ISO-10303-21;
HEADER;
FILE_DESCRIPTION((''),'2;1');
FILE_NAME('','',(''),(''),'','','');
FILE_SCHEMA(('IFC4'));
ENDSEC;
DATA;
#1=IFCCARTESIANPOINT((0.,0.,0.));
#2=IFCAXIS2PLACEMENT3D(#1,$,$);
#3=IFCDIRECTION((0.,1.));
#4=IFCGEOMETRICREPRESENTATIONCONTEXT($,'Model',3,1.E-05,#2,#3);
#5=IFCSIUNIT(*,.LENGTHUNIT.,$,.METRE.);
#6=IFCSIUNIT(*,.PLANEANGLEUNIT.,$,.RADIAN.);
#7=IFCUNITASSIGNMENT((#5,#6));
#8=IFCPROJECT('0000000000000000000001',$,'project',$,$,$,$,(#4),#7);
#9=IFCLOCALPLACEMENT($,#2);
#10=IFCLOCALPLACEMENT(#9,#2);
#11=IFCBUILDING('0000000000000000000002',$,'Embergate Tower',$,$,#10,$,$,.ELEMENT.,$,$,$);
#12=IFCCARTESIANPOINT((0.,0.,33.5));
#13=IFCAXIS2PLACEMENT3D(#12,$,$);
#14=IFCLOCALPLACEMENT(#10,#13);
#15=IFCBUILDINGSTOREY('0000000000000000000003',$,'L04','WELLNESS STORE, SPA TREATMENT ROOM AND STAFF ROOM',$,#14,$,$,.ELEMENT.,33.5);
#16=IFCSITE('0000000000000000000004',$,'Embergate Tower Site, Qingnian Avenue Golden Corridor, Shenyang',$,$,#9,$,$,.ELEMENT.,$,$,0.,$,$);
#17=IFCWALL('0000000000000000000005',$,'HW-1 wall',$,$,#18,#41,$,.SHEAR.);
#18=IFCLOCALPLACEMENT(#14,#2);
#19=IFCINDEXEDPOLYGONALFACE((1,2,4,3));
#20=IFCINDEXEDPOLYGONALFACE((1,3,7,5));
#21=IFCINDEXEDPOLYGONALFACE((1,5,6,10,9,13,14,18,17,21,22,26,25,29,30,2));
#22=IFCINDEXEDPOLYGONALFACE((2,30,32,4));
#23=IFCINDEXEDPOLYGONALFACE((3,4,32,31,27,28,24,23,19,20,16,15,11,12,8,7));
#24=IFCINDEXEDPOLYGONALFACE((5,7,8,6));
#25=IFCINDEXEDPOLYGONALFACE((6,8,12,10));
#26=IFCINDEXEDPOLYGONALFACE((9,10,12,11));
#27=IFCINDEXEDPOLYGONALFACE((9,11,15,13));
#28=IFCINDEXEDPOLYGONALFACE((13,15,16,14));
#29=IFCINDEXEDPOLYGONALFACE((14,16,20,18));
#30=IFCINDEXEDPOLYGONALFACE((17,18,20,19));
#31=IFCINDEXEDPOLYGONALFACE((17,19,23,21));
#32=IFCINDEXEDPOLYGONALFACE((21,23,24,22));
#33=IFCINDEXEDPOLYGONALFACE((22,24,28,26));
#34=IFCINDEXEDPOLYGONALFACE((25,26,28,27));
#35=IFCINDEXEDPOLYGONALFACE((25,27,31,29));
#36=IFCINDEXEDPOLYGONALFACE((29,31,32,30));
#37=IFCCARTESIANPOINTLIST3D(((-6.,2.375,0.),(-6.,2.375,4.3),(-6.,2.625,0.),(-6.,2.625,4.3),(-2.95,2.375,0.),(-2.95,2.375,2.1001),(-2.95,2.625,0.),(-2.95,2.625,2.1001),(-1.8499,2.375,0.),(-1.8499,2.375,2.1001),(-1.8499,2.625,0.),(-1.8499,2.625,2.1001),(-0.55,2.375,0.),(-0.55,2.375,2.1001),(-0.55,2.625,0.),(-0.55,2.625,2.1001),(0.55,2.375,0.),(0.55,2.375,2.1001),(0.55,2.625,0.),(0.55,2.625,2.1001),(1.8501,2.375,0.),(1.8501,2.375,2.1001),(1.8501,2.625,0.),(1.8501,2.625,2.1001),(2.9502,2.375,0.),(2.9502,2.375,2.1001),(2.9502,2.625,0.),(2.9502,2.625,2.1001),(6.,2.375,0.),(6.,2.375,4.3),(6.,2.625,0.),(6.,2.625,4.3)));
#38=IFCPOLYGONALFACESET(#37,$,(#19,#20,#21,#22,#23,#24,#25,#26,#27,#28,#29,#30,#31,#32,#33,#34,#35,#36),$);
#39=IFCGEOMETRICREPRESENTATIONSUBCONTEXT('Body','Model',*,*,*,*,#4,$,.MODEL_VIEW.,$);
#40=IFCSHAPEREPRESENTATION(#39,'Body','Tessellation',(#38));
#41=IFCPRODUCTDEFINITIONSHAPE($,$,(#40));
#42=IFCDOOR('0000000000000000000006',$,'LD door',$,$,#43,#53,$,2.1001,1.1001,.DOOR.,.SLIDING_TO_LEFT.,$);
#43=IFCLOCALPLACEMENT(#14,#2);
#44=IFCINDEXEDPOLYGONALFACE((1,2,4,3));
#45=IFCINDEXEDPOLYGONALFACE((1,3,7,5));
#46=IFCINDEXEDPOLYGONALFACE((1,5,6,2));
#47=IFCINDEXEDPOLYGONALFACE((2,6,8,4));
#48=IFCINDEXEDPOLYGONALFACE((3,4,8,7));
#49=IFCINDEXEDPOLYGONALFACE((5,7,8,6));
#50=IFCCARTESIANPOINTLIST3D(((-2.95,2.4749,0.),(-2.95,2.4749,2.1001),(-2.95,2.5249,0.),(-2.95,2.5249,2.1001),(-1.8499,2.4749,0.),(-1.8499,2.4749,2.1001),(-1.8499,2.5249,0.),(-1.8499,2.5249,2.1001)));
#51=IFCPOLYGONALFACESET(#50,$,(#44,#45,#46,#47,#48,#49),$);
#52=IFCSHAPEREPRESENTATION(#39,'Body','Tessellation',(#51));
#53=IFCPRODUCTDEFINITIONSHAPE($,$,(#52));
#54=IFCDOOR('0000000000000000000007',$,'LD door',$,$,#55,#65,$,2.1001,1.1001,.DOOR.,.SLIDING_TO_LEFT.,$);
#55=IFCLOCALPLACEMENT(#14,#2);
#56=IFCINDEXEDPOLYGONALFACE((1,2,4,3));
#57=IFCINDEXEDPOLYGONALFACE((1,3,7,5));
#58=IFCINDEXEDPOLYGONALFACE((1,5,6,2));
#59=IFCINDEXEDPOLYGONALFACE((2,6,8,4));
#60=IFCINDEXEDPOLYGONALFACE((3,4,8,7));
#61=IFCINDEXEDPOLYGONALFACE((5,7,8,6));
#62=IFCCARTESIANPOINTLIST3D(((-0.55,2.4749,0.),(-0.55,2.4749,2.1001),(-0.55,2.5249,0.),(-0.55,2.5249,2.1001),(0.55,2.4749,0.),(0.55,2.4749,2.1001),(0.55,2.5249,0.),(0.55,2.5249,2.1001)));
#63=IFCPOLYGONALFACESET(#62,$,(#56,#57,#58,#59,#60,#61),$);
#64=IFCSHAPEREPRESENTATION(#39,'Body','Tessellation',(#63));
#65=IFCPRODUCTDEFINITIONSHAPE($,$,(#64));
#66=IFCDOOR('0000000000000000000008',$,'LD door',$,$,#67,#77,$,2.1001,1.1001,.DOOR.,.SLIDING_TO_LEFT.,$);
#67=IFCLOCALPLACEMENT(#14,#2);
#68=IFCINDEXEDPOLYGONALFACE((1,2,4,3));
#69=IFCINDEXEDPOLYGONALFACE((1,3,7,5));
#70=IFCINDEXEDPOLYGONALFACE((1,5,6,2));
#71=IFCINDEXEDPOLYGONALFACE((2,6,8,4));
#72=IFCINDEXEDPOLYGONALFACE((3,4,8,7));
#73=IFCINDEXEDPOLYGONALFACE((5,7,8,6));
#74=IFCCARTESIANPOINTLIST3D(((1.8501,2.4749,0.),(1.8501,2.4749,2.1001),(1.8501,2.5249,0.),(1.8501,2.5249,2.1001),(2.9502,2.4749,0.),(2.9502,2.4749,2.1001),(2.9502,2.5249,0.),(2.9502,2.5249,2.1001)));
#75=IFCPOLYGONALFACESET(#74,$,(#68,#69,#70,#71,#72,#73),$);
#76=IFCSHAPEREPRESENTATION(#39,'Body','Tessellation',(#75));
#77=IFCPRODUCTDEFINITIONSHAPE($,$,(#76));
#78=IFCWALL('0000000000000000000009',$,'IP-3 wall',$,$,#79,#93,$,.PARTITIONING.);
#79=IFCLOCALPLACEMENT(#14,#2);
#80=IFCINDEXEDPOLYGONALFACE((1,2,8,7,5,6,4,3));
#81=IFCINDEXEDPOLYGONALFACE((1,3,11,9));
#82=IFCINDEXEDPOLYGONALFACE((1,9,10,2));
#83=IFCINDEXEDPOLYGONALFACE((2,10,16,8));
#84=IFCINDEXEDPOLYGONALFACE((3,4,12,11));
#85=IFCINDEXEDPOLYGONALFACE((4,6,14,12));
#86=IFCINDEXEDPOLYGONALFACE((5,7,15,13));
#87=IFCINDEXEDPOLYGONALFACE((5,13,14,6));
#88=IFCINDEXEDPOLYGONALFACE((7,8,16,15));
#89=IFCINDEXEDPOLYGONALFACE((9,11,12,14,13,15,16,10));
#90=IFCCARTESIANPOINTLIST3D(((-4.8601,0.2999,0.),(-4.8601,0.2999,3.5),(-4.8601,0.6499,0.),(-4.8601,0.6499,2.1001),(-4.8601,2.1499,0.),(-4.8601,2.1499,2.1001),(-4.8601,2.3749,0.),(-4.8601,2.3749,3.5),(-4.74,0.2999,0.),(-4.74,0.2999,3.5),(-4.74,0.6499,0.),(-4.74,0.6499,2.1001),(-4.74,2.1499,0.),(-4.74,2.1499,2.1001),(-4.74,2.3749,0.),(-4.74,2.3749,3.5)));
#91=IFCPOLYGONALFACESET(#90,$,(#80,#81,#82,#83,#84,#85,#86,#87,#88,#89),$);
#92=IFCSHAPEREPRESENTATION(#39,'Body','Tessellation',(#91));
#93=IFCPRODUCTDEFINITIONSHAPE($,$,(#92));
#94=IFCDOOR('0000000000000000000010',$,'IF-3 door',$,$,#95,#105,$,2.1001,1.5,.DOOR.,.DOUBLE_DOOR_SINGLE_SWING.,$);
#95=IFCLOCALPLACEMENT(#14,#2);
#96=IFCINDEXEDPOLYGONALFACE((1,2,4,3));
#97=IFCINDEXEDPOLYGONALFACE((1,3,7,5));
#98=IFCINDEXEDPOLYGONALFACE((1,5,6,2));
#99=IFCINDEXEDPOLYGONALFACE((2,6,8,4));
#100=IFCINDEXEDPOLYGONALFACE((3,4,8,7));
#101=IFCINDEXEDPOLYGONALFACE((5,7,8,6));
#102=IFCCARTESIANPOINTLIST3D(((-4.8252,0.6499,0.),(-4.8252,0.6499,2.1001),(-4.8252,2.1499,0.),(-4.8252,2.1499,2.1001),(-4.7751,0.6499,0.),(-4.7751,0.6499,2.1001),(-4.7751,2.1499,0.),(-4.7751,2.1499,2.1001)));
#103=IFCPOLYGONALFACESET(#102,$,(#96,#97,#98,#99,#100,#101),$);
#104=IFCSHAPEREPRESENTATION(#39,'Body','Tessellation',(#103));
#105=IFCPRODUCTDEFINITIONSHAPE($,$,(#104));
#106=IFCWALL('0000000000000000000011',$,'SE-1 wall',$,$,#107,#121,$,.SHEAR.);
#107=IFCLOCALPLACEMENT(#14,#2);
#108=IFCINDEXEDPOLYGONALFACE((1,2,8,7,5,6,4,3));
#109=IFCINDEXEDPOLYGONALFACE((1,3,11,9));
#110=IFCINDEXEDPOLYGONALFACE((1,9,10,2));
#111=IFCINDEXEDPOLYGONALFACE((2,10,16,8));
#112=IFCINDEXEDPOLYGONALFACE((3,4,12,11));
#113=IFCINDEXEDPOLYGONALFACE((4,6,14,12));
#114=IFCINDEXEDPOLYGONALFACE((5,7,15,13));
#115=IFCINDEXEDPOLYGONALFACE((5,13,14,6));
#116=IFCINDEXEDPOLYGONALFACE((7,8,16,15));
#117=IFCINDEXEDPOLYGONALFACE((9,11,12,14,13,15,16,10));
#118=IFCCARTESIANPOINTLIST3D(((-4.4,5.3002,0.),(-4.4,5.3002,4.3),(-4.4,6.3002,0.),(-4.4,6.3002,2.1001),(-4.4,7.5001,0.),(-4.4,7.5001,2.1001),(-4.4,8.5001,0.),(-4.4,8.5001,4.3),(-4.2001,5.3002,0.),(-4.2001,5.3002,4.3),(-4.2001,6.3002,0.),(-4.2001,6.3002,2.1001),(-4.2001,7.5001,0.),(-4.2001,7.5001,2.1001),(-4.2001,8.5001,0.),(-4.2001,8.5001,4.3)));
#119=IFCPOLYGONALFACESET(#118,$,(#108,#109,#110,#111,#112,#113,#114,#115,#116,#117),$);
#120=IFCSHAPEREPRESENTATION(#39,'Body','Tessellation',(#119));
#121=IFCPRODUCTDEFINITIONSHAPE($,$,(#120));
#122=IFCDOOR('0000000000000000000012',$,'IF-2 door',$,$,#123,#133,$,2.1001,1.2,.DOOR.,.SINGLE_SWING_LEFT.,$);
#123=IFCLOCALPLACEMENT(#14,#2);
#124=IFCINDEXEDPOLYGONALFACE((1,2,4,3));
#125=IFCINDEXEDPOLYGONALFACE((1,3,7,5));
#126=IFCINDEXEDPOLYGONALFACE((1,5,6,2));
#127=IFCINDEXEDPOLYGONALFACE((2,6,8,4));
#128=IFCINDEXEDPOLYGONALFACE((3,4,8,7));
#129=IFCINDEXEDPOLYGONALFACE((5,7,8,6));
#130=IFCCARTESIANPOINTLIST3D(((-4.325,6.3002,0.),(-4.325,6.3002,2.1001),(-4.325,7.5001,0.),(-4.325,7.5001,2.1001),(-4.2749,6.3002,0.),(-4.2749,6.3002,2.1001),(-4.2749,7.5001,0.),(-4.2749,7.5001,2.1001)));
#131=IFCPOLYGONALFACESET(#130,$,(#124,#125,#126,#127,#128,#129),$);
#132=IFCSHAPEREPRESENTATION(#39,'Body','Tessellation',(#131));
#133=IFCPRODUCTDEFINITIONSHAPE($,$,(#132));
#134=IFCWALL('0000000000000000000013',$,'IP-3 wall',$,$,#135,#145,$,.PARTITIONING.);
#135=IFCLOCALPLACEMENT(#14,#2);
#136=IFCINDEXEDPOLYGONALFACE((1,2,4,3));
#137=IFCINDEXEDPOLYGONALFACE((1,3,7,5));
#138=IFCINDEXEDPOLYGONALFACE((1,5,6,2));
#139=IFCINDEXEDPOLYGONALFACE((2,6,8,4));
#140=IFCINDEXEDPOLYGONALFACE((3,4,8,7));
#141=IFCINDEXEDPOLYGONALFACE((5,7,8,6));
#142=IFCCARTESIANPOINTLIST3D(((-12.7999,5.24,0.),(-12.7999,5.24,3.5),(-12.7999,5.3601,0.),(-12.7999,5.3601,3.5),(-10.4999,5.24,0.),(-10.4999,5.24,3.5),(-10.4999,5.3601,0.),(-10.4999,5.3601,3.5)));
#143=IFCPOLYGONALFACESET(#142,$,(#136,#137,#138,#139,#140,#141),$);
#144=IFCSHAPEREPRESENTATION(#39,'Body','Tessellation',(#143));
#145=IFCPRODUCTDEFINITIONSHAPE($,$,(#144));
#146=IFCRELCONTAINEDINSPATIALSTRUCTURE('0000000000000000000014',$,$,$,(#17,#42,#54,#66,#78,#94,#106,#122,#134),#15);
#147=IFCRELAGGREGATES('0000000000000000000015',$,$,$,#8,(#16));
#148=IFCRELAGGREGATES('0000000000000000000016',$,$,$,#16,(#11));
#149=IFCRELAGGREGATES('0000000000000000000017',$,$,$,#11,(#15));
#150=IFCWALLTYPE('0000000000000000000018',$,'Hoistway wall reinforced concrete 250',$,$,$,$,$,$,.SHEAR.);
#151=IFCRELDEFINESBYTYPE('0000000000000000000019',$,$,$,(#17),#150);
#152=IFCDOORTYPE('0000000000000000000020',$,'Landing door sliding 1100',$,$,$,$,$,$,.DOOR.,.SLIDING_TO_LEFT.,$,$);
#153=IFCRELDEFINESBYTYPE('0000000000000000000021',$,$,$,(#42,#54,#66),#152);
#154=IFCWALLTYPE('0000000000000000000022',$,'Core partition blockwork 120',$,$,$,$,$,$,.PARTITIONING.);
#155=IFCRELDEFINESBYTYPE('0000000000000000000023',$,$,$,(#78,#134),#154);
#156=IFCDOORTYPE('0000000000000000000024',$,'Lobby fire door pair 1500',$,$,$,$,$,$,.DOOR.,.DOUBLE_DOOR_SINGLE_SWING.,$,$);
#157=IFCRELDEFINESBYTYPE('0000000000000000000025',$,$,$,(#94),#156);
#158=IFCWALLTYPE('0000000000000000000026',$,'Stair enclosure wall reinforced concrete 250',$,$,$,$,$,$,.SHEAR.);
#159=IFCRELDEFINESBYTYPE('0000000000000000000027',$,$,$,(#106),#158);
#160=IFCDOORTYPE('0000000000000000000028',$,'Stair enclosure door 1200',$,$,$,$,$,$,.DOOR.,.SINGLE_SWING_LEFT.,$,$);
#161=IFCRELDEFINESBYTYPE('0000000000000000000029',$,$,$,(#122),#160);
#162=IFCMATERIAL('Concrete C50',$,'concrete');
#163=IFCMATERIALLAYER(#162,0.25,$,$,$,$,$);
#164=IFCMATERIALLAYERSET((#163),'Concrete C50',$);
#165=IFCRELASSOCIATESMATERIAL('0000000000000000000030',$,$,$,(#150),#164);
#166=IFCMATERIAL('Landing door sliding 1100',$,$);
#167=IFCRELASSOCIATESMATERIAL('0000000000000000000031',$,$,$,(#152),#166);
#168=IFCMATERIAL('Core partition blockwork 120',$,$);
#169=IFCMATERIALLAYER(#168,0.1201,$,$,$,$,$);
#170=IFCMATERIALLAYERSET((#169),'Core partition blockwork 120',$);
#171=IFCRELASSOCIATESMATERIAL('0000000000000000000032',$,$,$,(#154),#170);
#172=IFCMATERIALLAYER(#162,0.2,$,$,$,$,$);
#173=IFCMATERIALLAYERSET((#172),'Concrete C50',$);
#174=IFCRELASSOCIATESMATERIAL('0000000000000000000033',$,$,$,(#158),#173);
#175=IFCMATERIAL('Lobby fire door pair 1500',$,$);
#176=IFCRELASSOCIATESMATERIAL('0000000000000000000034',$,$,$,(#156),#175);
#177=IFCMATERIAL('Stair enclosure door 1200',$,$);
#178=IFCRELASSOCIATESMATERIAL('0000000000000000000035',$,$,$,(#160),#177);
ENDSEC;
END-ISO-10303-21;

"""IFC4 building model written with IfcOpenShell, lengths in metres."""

from ifc_helpers import new_model, si_unit, direction, frame, frame_2d, origin, place, context, subcontext, project, spatial, rectangle, extrude, source, transform, mapped, material, layer, layer_set, type_object, element, fill, save


model = new_model("IFC4")

# Units and contexts
model_context = context("Model", 3, precision=1e-05, world=origin(), true_north=direction((0.0, 1.0)))
body_context = subcontext(model_context, "Body", "Model", "MODEL_VIEW")
ifc_project = project(units=[si_unit("LENGTHUNIT", "METRE"), si_unit("PLANEANGLEUNIT", "RADIAN")], contexts=[model_context])

# Site, building, storey
site_placement = place(None, origin())
site = spatial("IfcSite", under=ifc_project, at=site_placement, Name="Embergate Tower Site, Qingnian Avenue Golden Corridor, Shenyang", CompositionType="ELEMENT", RefElevation=0.0)
building_placement = place(site_placement, origin())
building = spatial("IfcBuilding", under=site, at=building_placement, Name="Embergate Tower", CompositionType="ELEMENT")
storey_placement = place(building_placement, frame((0.0, 0.0, 33.5)))
storey = spatial("IfcBuildingStorey", under=building, at=storey_placement, Name="L04", Description="WELLNESS STORE, SPA TREATMENT ROOM AND STAFF ROOM", CompositionType="ELEMENT", Elevation=33.5)

# Shared definitions
ifc_material_1 = material(Name="Concrete C50", Category="concrete")
ifc_layer_1 = layer(ifc_material_1, 0.25)
ifc_layer_set_1 = layer_set([ifc_layer_1], Name="Concrete C50")
wall_type_1 = type_object("IfcWallType", Name="Hoistway wall reinforced concrete 250", PredefinedType="SHEAR", material=ifc_layer_set_1)

# Shared definitions
shared_shape_1 = source(origin(), body_context, "Body", "SweptSolid", [
    extrude(rectangle(XDim=1.1001, YDim=2.1001, at=frame_2d((0.55, 1.05))), frame((0.0, 0.135, 0.0), z_axis=(0.0, -1.0, 0.0), x_axis=(1.0, 0.0, 0.0)), (0.0, 0.0, 1.0), 0.27),
])
ifc_material_2 = material(Name="Landing door sliding 1100")
door_type_1 = type_object("IfcDoorType", Name="Landing door sliding 1100", OperationType="SLIDING_TO_LEFT", PredefinedType="DOOR", material=ifc_material_2)
shared_shape_2 = source(origin(), body_context, "Body", "SweptSolid", [
    extrude(rectangle(XDim=1.1001, YDim=2.1001, at=frame_2d((0.55, 1.05))), frame((0.0, 0.0249, 0.0), z_axis=(0.0, -1.0, 0.0), x_axis=(1.0, 0.0, 0.0)), (0.0, 0.0, 1.0), 0.05),
])

# Shared definitions
ifc_material_3 = material(Name="Core partition blockwork 120")
ifc_layer_2 = layer(ifc_material_3, 0.1201)
ifc_layer_set_2 = layer_set([ifc_layer_2], Name="Core partition blockwork 120")
wall_type_2 = type_object("IfcWallType", Name="Core partition blockwork 120", PredefinedType="PARTITIONING", material=ifc_layer_set_2)

# Shared definitions
ifc_layer_3 = layer(ifc_material_1, 0.2)
ifc_layer_set_3 = layer_set([ifc_layer_3], Name="Concrete C50")
wall_type_3 = type_object("IfcWallType", Name="Stair enclosure wall reinforced concrete 250", PredefinedType="SHEAR", material=ifc_layer_set_3)

# Wall, openings, doors
shared_shape_3 = source(origin(), body_context, "Body", "SweptSolid", [
    extrude(rectangle(XDim=12.0, YDim=0.25, at=frame_2d((6.0, 0.0))), origin(), (0.0, 0.0, 1.0), 4.3),
])
wall_1_placement = place(storey_placement, frame((-6.0, 2.5, 0.0), z_axis=(0.0, 0.0, 1.0), x_axis=(1.0, 0.0, 0.0)))
wall_1 = element("IfcWall", 1, at=wall_1_placement, inside=storey, type_object=wall_type_1, Name="HW-1 wall", PredefinedType="SHEAR", context=body_context, shape_type="MappedRepresentation", body=[
    mapped(shared_shape_3, transform((0.0, 0.0, 0.0))),
])
opening_1_placement = place(wall_1_placement, frame((3.05, 0.0, 0.0)))
opening_1 = element("IfcOpeningElement", 2, at=opening_1_placement, cuts=wall_1, PredefinedType="OPENING", context=body_context, shape_type="MappedRepresentation", body=[
    mapped(shared_shape_1, transform((0.0, 0.0, 0.0))),
])
opening_2_placement = place(wall_1_placement, frame((5.45, 0.0, 0.0)))
opening_2 = element("IfcOpeningElement", 3, at=opening_2_placement, cuts=wall_1, PredefinedType="OPENING", context=body_context, shape_type="MappedRepresentation", body=[
    mapped(shared_shape_1, transform((0.0, 0.0, 0.0))),
])
opening_3_placement = place(wall_1_placement, frame((7.8501, 0.0, 0.0)))
opening_3 = element("IfcOpeningElement", 4, at=opening_3_placement, cuts=wall_1, PredefinedType="OPENING", context=body_context, shape_type="MappedRepresentation", body=[
    mapped(shared_shape_1, transform((0.0, 0.0, 0.0))),
])
door_1_placement = place(opening_1_placement, origin())
door_1 = element("IfcDoor", 5, at=door_1_placement, inside=storey, type_object=door_type_1, Name="LD door", OperationType="SLIDING_TO_LEFT", OverallHeight=2.1001, OverallWidth=1.1001, PredefinedType="DOOR", context=body_context, shape_type="MappedRepresentation", body=[
    mapped(shared_shape_2, transform((0.0, 0.0, 0.0))),
])
fill(opening_1, door_1)
door_2_placement = place(opening_2_placement, origin())
door_2 = element("IfcDoor", 6, at=door_2_placement, inside=storey, type_object=door_type_1, Name="LD door", OperationType="SLIDING_TO_LEFT", OverallHeight=2.1001, OverallWidth=1.1001, PredefinedType="DOOR", context=body_context, shape_type="MappedRepresentation", body=[
    mapped(shared_shape_2, transform((0.0, 0.0, 0.0))),
])
fill(opening_2, door_2)
door_3_placement = place(opening_3_placement, origin())
door_3 = element("IfcDoor", 7, at=door_3_placement, inside=storey, type_object=door_type_1, Name="LD door", OperationType="SLIDING_TO_LEFT", OverallHeight=2.1001, OverallWidth=1.1001, PredefinedType="DOOR", context=body_context, shape_type="MappedRepresentation", body=[
    mapped(shared_shape_2, transform((0.0, 0.0, 0.0))),
])
fill(opening_3, door_3)

# Walls, openings, doors
shared_shape_4 = source(origin(), body_context, "Body", "SweptSolid", [
    extrude(rectangle(XDim=2.075, YDim=0.1201, at=frame_2d((1.0376, 0.0))), origin(), (0.0, 0.0, 1.0), 3.5),
])
wall_2_placement = place(storey_placement, frame((-4.8, 2.375, 0.0), z_axis=(0.0, 0.0, 1.0), x_axis=(0.0, -1.0, 0.0)))
wall_2 = element("IfcWall", 8, at=wall_2_placement, inside=storey, type_object=wall_type_2, Name="IP-3 wall", PredefinedType="PARTITIONING", context=body_context, shape_type="MappedRepresentation", body=[
    mapped(shared_shape_4, transform((0.0, 0.0, 0.0))),
])
shared_shape_5 = source(origin(), body_context, "Body", "SweptSolid", [
    extrude(rectangle(XDim=1.5, YDim=2.1001, at=frame_2d((0.75, 1.05))), frame((0.0, 0.0701, 0.0), z_axis=(0.0, -1.0, 0.0), x_axis=(1.0, 0.0, 0.0)), (0.0, 0.0, 1.0), 0.1401),
])
opening_4_placement = place(wall_2_placement, frame((0.2251, 0.0, 0.0)))
opening_4 = element("IfcOpeningElement", 9, at=opening_4_placement, cuts=wall_2, PredefinedType="OPENING", context=body_context, shape_type="MappedRepresentation", body=[
    mapped(shared_shape_5, transform((0.0, 0.0, 0.0))),
])
ifc_material_4 = material(Name="Lobby fire door pair 1500")
door_type_2 = type_object("IfcDoorType", Name="Lobby fire door pair 1500", OperationType="DOUBLE_DOOR_SINGLE_SWING", PredefinedType="DOOR", material=ifc_material_4)
shared_shape_6 = source(origin(), body_context, "Body", "SweptSolid", [
    extrude(rectangle(XDim=1.5, YDim=2.1001, at=frame_2d((0.75, 1.05))), frame((0.0, 0.0249, 0.0), z_axis=(0.0, -1.0, 0.0), x_axis=(1.0, 0.0, 0.0)), (0.0, 0.0, 1.0), 0.05),
])
door_4_placement = place(opening_4_placement, origin())
door_4 = element("IfcDoor", 10, at=door_4_placement, inside=storey, type_object=door_type_2, Name="IF-3 door", OperationType="DOUBLE_DOOR_SINGLE_SWING", OverallHeight=2.1001, OverallWidth=1.5, PredefinedType="DOOR", context=body_context, shape_type="MappedRepresentation", body=[
    mapped(shared_shape_6, transform((0.0, 0.0, 0.0))),
])
fill(opening_4, door_4)
shared_shape_7 = source(origin(), body_context, "Body", "SweptSolid", [
    extrude(rectangle(XDim=3.2, YDim=0.2, at=frame_2d((1.6001, 0.0))), origin(), (0.0, 0.0, 1.0), 4.3),
])
wall_3_placement = place(storey_placement, frame((-4.3, 5.3, 0.0), z_axis=(0.0, 0.0, 1.0), x_axis=(0.0, 1.0, 0.0)))
wall_3 = element("IfcWall", 11, at=wall_3_placement, inside=storey, type_object=wall_type_3, Name="SE-1 wall", PredefinedType="SHEAR", context=body_context, shape_type="MappedRepresentation", body=[
    mapped(shared_shape_7, transform((0.0, 0.0, 0.0))),
])
shared_shape_8 = source(origin(), body_context, "Body", "SweptSolid", [
    extrude(rectangle(XDim=1.2, YDim=2.1001, at=frame_2d((0.6001, 1.05))), frame((0.0, 0.1099, 0.0), z_axis=(0.0, -1.0, 0.0), x_axis=(1.0, 0.0, 0.0)), (0.0, 0.0, 1.0), 0.22),
])
opening_5_placement = place(wall_3_placement, frame((1.0, 0.0, 0.0)))
opening_5 = element("IfcOpeningElement", 12, at=opening_5_placement, cuts=wall_3, PredefinedType="OPENING", context=body_context, shape_type="MappedRepresentation", body=[
    mapped(shared_shape_8, transform((0.0, 0.0, 0.0))),
])
ifc_material_5 = material(Name="Stair enclosure door 1200")
door_type_3 = type_object("IfcDoorType", Name="Stair enclosure door 1200", OperationType="SINGLE_SWING_LEFT", PredefinedType="DOOR", material=ifc_material_5)
shared_shape_9 = source(origin(), body_context, "Body", "SweptSolid", [
    extrude(rectangle(XDim=1.2, YDim=2.1001, at=frame_2d((0.6001, 1.05))), frame((0.0, 0.0249, 0.0), z_axis=(0.0, -1.0, 0.0), x_axis=(1.0, 0.0, 0.0)), (0.0, 0.0, 1.0), 0.05),
])
door_5_placement = place(opening_5_placement, origin())
door_5 = element("IfcDoor", 13, at=door_5_placement, inside=storey, type_object=door_type_3, Name="IF-2 door", OperationType="SINGLE_SWING_LEFT", OverallHeight=2.1001, OverallWidth=1.2, PredefinedType="DOOR", context=body_context, shape_type="MappedRepresentation", body=[
    mapped(shared_shape_9, transform((0.0, 0.0, 0.0))),
])
fill(opening_5, door_5)

# Wall
shared_shape_10 = source(origin(), body_context, "Body", "SweptSolid", [
    extrude(rectangle(XDim=2.3, YDim=0.1201, at=frame_2d((1.1499, 0.0))), origin(), (0.0, 0.0, 1.0), 3.5),
])
wall_4_placement = place(storey_placement, frame((-10.5, 5.3, 0.0), z_axis=(0.0, 0.0, 1.0), x_axis=(-1.0, 0.0, 0.0)))
element("IfcWall", 14, at=wall_4_placement, inside=storey, type_object=wall_type_2, Name="IP-3 wall", PredefinedType="PARTITIONING", context=body_context, shape_type="MappedRepresentation", body=[
    mapped(shared_shape_10, transform((0.0, 0.0, 0.0))),
])

save(model, "model.ifc")
